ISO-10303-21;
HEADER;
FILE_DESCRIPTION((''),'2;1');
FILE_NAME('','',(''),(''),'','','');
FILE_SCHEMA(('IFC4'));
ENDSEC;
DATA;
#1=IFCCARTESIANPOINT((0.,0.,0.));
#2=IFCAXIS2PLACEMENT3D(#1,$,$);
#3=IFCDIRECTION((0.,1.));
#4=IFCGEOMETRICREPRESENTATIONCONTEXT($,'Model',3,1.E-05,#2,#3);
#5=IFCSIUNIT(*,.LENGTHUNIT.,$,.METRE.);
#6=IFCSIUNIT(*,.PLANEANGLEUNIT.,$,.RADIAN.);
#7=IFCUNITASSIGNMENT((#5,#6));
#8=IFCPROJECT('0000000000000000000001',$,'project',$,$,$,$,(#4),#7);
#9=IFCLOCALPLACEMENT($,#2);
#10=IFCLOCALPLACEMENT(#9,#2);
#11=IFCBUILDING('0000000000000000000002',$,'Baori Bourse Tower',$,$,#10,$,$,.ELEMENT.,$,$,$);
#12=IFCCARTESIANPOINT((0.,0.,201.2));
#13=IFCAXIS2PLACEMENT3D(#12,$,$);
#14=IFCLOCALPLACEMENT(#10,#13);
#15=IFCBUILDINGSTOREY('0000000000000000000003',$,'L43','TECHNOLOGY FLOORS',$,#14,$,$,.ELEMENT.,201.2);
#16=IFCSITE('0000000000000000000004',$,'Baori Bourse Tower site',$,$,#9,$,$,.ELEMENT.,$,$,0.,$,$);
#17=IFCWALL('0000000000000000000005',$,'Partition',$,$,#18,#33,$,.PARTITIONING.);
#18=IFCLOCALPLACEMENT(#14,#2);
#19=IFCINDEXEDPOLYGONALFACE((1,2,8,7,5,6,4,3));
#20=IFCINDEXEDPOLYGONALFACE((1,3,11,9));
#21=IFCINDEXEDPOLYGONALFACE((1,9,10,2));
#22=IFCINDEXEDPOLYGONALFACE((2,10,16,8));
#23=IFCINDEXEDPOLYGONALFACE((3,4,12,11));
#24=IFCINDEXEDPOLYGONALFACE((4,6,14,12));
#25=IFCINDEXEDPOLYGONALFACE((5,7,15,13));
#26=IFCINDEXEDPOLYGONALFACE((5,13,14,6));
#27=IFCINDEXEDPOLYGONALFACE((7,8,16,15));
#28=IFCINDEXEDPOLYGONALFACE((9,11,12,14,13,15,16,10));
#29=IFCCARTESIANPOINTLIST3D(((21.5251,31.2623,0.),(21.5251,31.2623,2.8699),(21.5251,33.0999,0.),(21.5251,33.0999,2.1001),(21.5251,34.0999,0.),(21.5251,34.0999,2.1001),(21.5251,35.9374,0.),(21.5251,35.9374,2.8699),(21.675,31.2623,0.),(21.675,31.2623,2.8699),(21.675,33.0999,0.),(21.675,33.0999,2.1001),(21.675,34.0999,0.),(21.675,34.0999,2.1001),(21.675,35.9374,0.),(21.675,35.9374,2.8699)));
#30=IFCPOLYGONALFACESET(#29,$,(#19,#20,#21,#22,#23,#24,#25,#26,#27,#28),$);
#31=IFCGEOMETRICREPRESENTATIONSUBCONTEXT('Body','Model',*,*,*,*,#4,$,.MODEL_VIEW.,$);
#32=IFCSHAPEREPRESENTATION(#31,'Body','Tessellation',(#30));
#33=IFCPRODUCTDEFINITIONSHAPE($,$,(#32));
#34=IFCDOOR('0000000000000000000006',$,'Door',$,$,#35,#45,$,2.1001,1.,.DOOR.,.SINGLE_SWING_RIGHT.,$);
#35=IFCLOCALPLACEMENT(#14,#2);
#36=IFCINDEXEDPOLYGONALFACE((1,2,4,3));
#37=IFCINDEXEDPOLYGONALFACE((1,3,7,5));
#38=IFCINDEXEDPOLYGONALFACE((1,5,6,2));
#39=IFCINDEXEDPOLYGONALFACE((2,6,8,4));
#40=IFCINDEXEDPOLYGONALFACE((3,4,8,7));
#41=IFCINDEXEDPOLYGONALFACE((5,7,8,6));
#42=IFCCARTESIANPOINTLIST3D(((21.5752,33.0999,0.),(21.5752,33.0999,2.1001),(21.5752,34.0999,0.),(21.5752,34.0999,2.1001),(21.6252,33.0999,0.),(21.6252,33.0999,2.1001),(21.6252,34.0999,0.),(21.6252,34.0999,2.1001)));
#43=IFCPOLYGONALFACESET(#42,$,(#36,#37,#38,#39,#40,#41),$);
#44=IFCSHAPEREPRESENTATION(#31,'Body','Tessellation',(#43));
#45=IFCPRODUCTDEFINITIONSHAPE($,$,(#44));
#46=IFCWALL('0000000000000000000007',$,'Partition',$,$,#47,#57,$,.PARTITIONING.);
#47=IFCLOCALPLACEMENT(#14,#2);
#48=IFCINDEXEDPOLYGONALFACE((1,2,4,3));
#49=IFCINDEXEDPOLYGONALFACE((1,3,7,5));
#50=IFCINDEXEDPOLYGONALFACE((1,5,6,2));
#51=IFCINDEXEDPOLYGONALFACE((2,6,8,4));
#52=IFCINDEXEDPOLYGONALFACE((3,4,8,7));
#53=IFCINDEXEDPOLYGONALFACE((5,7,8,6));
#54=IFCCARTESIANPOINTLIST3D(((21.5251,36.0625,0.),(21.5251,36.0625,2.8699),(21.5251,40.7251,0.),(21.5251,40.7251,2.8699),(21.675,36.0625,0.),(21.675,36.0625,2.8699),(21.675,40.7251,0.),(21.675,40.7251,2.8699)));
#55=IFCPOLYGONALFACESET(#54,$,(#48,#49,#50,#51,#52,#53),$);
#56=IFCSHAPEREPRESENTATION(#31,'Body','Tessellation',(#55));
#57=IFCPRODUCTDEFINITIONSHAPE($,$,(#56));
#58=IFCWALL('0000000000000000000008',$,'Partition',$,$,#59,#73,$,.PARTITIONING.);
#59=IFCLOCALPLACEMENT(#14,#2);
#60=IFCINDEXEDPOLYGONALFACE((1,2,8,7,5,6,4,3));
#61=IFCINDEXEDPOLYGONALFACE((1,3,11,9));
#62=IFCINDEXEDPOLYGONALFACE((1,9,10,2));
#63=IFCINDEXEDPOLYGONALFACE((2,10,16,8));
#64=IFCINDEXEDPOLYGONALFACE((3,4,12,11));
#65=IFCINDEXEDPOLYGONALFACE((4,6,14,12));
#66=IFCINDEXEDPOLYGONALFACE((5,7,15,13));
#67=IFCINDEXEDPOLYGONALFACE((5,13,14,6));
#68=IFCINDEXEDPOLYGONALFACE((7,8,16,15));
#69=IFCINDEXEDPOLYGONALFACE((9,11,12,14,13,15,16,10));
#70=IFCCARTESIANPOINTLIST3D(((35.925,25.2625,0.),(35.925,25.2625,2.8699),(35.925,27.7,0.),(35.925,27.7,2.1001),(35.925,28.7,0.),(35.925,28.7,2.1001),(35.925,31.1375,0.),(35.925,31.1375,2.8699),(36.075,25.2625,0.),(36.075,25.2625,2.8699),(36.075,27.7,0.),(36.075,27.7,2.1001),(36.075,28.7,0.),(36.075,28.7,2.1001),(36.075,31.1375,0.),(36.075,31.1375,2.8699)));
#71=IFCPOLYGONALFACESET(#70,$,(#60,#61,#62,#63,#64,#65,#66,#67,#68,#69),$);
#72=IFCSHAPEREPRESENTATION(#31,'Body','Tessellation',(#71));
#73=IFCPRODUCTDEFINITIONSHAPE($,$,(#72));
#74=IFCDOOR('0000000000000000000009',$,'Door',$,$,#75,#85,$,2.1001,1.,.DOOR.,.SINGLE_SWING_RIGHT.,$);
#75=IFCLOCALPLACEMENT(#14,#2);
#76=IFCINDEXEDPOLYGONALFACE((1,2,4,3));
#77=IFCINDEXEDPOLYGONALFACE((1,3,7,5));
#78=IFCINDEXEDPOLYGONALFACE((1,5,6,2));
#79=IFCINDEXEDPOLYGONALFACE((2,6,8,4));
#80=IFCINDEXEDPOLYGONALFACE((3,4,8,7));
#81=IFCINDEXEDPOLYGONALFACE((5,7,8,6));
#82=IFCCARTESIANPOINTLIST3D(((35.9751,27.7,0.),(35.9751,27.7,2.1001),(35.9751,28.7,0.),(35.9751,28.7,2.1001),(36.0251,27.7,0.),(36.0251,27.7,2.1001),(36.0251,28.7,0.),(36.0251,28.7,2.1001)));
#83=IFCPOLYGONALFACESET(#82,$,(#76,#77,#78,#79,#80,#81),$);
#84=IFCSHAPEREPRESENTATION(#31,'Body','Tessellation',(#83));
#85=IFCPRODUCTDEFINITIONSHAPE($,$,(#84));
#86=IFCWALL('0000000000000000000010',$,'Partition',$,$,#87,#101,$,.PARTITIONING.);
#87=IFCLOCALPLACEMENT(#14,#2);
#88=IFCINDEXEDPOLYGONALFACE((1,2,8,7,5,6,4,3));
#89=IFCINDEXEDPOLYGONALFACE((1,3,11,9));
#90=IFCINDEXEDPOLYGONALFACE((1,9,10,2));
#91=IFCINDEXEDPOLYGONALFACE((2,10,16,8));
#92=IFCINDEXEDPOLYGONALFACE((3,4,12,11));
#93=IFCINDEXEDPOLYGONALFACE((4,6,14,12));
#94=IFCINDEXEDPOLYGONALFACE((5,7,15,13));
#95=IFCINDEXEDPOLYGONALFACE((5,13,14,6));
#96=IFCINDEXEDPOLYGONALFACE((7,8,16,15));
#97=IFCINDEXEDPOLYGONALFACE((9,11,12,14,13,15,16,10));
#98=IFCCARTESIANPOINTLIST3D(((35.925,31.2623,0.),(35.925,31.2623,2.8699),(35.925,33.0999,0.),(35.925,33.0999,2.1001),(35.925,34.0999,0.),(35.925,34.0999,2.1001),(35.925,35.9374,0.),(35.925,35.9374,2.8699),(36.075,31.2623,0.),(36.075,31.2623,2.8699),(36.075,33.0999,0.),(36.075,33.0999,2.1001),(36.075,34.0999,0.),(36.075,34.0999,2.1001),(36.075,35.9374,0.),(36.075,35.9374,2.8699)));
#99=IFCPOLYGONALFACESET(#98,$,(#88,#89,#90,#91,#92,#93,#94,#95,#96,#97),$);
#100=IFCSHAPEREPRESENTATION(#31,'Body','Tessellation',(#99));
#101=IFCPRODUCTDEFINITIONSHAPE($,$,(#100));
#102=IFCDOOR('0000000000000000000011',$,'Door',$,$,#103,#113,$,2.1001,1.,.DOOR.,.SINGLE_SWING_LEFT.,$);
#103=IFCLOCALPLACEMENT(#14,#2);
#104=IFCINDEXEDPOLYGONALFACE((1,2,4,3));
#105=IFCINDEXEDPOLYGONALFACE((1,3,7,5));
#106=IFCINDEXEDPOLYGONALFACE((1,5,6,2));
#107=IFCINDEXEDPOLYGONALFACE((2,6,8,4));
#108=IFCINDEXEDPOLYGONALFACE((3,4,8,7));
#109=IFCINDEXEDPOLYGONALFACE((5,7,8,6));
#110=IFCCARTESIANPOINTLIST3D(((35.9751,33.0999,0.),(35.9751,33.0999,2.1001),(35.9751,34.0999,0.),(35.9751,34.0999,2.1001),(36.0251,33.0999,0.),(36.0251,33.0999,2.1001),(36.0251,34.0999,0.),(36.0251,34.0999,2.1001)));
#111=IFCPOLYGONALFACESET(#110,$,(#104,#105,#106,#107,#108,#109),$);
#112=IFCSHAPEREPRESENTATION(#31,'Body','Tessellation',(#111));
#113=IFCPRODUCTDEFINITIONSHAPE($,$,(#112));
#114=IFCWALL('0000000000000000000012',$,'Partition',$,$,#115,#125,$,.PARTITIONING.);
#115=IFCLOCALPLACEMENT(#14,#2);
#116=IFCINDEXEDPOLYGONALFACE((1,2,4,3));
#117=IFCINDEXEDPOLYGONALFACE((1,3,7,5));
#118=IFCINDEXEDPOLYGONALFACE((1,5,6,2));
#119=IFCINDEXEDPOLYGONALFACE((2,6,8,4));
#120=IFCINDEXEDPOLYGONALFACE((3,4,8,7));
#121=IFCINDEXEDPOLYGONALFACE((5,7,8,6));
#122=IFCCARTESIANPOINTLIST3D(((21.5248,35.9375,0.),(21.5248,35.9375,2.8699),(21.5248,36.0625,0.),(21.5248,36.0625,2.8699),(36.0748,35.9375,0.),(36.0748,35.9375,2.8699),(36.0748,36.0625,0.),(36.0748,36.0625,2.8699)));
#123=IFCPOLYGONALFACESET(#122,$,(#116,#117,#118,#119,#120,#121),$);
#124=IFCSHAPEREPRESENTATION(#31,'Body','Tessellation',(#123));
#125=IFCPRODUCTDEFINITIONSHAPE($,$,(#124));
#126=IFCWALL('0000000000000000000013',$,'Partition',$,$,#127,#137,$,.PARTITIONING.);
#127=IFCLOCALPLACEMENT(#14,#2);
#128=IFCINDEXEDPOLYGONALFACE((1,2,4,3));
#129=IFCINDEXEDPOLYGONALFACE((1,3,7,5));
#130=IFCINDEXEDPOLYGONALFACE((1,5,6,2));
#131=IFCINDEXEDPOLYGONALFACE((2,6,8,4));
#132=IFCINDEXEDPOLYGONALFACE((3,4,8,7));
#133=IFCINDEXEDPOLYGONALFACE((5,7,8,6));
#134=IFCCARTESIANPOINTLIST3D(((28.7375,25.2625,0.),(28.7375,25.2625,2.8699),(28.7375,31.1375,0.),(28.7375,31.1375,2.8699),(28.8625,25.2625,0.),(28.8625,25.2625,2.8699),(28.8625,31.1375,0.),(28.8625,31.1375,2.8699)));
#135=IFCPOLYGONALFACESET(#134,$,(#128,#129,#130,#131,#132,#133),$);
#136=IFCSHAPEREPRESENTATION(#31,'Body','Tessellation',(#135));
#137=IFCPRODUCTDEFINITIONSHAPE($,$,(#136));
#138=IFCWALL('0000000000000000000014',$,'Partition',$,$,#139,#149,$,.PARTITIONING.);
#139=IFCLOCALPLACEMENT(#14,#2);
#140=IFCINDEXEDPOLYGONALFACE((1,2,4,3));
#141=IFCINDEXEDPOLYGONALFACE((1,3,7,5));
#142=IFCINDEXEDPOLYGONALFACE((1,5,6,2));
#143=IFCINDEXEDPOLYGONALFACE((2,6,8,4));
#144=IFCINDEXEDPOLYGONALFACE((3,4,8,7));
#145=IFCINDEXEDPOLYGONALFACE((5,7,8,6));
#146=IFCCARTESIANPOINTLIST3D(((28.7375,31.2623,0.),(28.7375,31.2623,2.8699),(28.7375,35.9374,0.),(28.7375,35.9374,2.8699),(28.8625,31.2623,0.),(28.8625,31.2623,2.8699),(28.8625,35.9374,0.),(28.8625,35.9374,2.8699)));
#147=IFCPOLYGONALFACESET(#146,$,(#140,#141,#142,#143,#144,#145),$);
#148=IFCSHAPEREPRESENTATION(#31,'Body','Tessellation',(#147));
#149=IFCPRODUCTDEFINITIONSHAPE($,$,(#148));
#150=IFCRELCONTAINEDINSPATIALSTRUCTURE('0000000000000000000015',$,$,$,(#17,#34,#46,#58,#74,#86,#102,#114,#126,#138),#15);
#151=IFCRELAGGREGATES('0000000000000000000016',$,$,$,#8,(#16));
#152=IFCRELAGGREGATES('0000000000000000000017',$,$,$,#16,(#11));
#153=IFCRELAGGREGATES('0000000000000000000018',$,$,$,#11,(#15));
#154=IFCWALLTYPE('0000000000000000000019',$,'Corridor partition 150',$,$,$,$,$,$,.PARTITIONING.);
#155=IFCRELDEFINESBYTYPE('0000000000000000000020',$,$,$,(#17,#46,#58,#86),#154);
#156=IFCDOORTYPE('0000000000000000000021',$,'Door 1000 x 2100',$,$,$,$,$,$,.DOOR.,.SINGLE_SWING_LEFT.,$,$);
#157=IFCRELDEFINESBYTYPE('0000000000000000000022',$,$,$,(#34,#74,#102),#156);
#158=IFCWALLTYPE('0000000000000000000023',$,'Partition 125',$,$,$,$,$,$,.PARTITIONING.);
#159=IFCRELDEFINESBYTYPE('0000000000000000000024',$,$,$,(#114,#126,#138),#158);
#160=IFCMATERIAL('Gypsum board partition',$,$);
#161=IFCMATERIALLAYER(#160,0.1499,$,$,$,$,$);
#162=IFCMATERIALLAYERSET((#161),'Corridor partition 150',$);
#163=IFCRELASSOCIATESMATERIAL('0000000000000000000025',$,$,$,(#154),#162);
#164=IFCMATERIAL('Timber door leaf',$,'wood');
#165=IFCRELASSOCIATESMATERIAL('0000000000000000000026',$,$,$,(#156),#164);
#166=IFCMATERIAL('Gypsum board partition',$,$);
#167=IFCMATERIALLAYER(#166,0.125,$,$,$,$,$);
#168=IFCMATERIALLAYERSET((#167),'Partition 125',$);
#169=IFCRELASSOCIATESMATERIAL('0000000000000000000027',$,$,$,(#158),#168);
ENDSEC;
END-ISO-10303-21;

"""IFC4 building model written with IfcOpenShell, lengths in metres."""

from ifc_helpers import new_model, si_unit, direction, frame, frame_2d, origin, place, context, subcontext, project, spatial, rectangle, extrude, material, layer, layer_set, type_object, element, fill, save


model = new_model("IFC4")

# Units and contexts
model_context = context("Model", 3, precision=1e-05, world=origin(), true_north=direction((0.0, 1.0)))
body_context = subcontext(model_context, "Body", "Model", "MODEL_VIEW")
ifc_project = project(units=[si_unit("LENGTHUNIT", "METRE"), si_unit("PLANEANGLEUNIT", "RADIAN")], contexts=[model_context])

# Site, building, storey
site_placement = place(None, origin())
site = spatial("IfcSite", under=ifc_project, at=site_placement, Name="Baori Bourse Tower site", CompositionType="ELEMENT", RefElevation=0.0)
building_placement = place(site_placement, origin())
building = spatial("IfcBuilding", under=site, at=building_placement, Name="Baori Bourse Tower", CompositionType="ELEMENT")
storey_placement = place(building_placement, frame((0.0, 0.0, 201.2)))
storey = spatial("IfcBuildingStorey", under=building, at=storey_placement, Name="L43", Description="TECHNOLOGY FLOORS", CompositionType="ELEMENT", Elevation=201.2)

# Wall, opening, door
ifc_material_1 = material(Name="Gypsum board partition")
ifc_layer_1 = layer(ifc_material_1, 0.1499)
ifc_layer_set_1 = layer_set([ifc_layer_1], Name="Corridor partition 150")
wall_type_1 = type_object("IfcWallType", Name="Corridor partition 150", PredefinedType="PARTITIONING", material=ifc_layer_set_1)
wall_1_placement = place(storey_placement, frame((21.6001, 31.2625, 0.0), z_axis=(0.0, 0.0, 1.0), x_axis=(0.0, 1.0, 0.0)))
wall_1 = element("IfcWall", 1, at=wall_1_placement, inside=storey, type_object=wall_type_1, Name="Partition", PredefinedType="PARTITIONING", context=body_context, shape_type="SweptSolid", body=[
    extrude(rectangle(XDim=4.675, YDim=0.1499, at=frame_2d((2.3374, 0.0))), origin(), (0.0, 0.0, 1.0), 2.8699),
])
opening_1_placement = place(wall_1_placement, frame((1.8374, 0.0, 0.0)))
opening_1 = element("IfcOpeningElement", 2, at=opening_1_placement, cuts=wall_1, PredefinedType="OPENING", context=body_context, shape_type="SweptSolid", body=[
    extrude(rectangle(XDim=1.0, YDim=2.1001, at=frame_2d((0.5, 1.05))), frame((0.0, 0.085, 0.0), z_axis=(0.0, -1.0, 0.0), x_axis=(1.0, 0.0, 0.0)), (0.0, 0.0, 1.0), 0.1699),
])
ifc_material_2 = material(Name="Timber door leaf", Category="wood")
door_type_1 = type_object("IfcDoorType", Name="Door 1000 x 2100", OperationType="SINGLE_SWING_LEFT", PredefinedType="DOOR", material=ifc_material_2)
door_1_placement = place(opening_1_placement, origin())
door_1 = element("IfcDoor", 3, at=door_1_placement, inside=storey, type_object=door_type_1, Name="Door", OperationType="SINGLE_SWING_RIGHT", OverallHeight=2.1001, OverallWidth=1.0, PredefinedType="DOOR", context=body_context, shape_type="SweptSolid", body=[
    extrude(rectangle(XDim=1.0, YDim=2.1001, at=frame_2d((0.5, 1.05))), frame((0.0, 0.0249, 0.0), z_axis=(0.0, -1.0, 0.0), x_axis=(1.0, 0.0, 0.0)), (0.0, 0.0, 1.0), 0.05),
])
fill(opening_1, door_1)

# Wall
wall_2_placement = place(storey_placement, frame((21.6001, 36.0625, 0.0), z_axis=(0.0, 0.0, 1.0), x_axis=(0.0, 1.0, 0.0)))
element("IfcWall", 4, at=wall_2_placement, inside=storey, type_object=wall_type_1, Name="Partition", PredefinedType="PARTITIONING", context=body_context, shape_type="SweptSolid", body=[
    extrude(rectangle(XDim=4.6626, YDim=0.1499, at=frame_2d((2.3313, 0.0))), origin(), (0.0, 0.0, 1.0), 2.8699),
])

# Walls, openings, doors
wall_3_placement = place(storey_placement, frame((36.0, 25.2625, 0.0), z_axis=(0.0, 0.0, 1.0), x_axis=(0.0, 1.0, 0.0)))
wall_3 = element("IfcWall", 5, at=wall_3_placement, inside=storey, type_object=wall_type_1, Name="Partition", PredefinedType="PARTITIONING", context=body_context, shape_type="SweptSolid", body=[
    extrude(rectangle(XDim=5.875, YDim=0.1499, at=frame_2d((2.9375, 0.0))), origin(), (0.0, 0.0, 1.0), 2.8699),
])
opening_2_placement = place(wall_3_placement, frame((2.4375, 0.0, 0.0)))
opening_2 = element("IfcOpeningElement", 6, at=opening_2_placement, cuts=wall_3, PredefinedType="OPENING", context=body_context, shape_type="SweptSolid", body=[
    extrude(rectangle(XDim=1.0, YDim=2.1001, at=frame_2d((0.5, 1.05))), frame((0.0, 0.085, 0.0), z_axis=(0.0, -1.0, 0.0), x_axis=(1.0, 0.0, 0.0)), (0.0, 0.0, 1.0), 0.1699),
])
door_2_placement = place(opening_2_placement, origin())
door_2 = element("IfcDoor", 7, at=door_2_placement, inside=storey, type_object=door_type_1, Name="Door", OperationType="SINGLE_SWING_RIGHT", OverallHeight=2.1001, OverallWidth=1.0, PredefinedType="DOOR", context=body_context, shape_type="SweptSolid", body=[
    extrude(rectangle(XDim=1.0, YDim=2.1001, at=frame_2d((0.5, 1.05))), frame((0.0, 0.0249, 0.0), z_axis=(0.0, -1.0, 0.0), x_axis=(1.0, 0.0, 0.0)), (0.0, 0.0, 1.0), 0.05),
])
fill(opening_2, door_2)
wall_4_placement = place(storey_placement, frame((36.0, 31.2625, 0.0), z_axis=(0.0, 0.0, 1.0), x_axis=(0.0, 1.0, 0.0)))
wall_4 = element("IfcWall", 8, at=wall_4_placement, inside=storey, type_object=wall_type_1, Name="Partition", PredefinedType="PARTITIONING", context=body_context, shape_type="SweptSolid", body=[
    extrude(rectangle(XDim=4.675, YDim=0.1499, at=frame_2d((2.3374, 0.0))), origin(), (0.0, 0.0, 1.0), 2.8699),
])
opening_3_placement = place(wall_4_placement, frame((1.8374, 0.0, 0.0)))
opening_3 = element("IfcOpeningElement", 9, at=opening_3_placement, cuts=wall_4, PredefinedType="OPENING", context=body_context, shape_type="SweptSolid", body=[
    extrude(rectangle(XDim=1.0, YDim=2.1001, at=frame_2d((0.5, 1.05))), frame((0.0, 0.085, 0.0), z_axis=(0.0, -1.0, 0.0), x_axis=(1.0, 0.0, 0.0)), (0.0, 0.0, 1.0), 0.1699),
])
door_3_placement = place(opening_3_placement, origin())
door_3 = element("IfcDoor", 10, at=door_3_placement, inside=storey, type_object=door_type_1, Name="Door", OperationType="SINGLE_SWING_LEFT", OverallHeight=2.1001, OverallWidth=1.0, PredefinedType="DOOR", context=body_context, shape_type="SweptSolid", body=[
    extrude(rectangle(XDim=1.0, YDim=2.1001, at=frame_2d((0.5, 1.05))), frame((0.0, 0.0249, 0.0), z_axis=(0.0, -1.0, 0.0), x_axis=(1.0, 0.0, 0.0)), (0.0, 0.0, 1.0), 0.05),
])
fill(opening_3, door_3)

# Walls
ifc_material_3 = material(Name="Gypsum board partition")
ifc_layer_2 = layer(ifc_material_3, 0.125)
ifc_layer_set_2 = layer_set([ifc_layer_2], Name="Partition 125")
wall_type_2 = type_object("IfcWallType", Name="Partition 125", PredefinedType="PARTITIONING", material=ifc_layer_set_2)
wall_5_placement = place(storey_placement, frame((21.5249, 36.0, 0.0), z_axis=(0.0, 0.0, 1.0), x_axis=(1.0, 0.0, 0.0)))
element("IfcWall", 11, at=wall_5_placement, inside=storey, type_object=wall_type_2, Name="Partition", PredefinedType="PARTITIONING", context=body_context, shape_type="SweptSolid", body=[
    extrude(rectangle(XDim=14.55, YDim=0.125, at=frame_2d((7.2749, 0.0))), origin(), (0.0, 0.0, 1.0), 2.8699),
])
wall_6_placement = place(storey_placement, frame((28.8, 25.2625, 0.0), z_axis=(0.0, 0.0, 1.0), x_axis=(0.0, 1.0, 0.0)))
element("IfcWall", 12, at=wall_6_placement, inside=storey, type_object=wall_type_2, Name="Partition", PredefinedType="PARTITIONING", context=body_context, shape_type="SweptSolid", body=[
    extrude(rectangle(XDim=5.875, YDim=0.125, at=frame_2d((2.9375, 0.0))), origin(), (0.0, 0.0, 1.0), 2.8699),
])
wall_7_placement = place(storey_placement, frame((28.8, 31.2625, 0.0), z_axis=(0.0, 0.0, 1.0), x_axis=(0.0, 1.0, 0.0)))
element("IfcWall", 13, at=wall_7_placement, inside=storey, type_object=wall_type_2, Name="Partition", PredefinedType="PARTITIONING", context=body_context, shape_type="SweptSolid", body=[
    extrude(rectangle(XDim=4.675, YDim=0.125, at=frame_2d((2.3374, 0.0))), origin(), (0.0, 0.0, 1.0), 2.8699),
])

save(model, "model.ifc")
